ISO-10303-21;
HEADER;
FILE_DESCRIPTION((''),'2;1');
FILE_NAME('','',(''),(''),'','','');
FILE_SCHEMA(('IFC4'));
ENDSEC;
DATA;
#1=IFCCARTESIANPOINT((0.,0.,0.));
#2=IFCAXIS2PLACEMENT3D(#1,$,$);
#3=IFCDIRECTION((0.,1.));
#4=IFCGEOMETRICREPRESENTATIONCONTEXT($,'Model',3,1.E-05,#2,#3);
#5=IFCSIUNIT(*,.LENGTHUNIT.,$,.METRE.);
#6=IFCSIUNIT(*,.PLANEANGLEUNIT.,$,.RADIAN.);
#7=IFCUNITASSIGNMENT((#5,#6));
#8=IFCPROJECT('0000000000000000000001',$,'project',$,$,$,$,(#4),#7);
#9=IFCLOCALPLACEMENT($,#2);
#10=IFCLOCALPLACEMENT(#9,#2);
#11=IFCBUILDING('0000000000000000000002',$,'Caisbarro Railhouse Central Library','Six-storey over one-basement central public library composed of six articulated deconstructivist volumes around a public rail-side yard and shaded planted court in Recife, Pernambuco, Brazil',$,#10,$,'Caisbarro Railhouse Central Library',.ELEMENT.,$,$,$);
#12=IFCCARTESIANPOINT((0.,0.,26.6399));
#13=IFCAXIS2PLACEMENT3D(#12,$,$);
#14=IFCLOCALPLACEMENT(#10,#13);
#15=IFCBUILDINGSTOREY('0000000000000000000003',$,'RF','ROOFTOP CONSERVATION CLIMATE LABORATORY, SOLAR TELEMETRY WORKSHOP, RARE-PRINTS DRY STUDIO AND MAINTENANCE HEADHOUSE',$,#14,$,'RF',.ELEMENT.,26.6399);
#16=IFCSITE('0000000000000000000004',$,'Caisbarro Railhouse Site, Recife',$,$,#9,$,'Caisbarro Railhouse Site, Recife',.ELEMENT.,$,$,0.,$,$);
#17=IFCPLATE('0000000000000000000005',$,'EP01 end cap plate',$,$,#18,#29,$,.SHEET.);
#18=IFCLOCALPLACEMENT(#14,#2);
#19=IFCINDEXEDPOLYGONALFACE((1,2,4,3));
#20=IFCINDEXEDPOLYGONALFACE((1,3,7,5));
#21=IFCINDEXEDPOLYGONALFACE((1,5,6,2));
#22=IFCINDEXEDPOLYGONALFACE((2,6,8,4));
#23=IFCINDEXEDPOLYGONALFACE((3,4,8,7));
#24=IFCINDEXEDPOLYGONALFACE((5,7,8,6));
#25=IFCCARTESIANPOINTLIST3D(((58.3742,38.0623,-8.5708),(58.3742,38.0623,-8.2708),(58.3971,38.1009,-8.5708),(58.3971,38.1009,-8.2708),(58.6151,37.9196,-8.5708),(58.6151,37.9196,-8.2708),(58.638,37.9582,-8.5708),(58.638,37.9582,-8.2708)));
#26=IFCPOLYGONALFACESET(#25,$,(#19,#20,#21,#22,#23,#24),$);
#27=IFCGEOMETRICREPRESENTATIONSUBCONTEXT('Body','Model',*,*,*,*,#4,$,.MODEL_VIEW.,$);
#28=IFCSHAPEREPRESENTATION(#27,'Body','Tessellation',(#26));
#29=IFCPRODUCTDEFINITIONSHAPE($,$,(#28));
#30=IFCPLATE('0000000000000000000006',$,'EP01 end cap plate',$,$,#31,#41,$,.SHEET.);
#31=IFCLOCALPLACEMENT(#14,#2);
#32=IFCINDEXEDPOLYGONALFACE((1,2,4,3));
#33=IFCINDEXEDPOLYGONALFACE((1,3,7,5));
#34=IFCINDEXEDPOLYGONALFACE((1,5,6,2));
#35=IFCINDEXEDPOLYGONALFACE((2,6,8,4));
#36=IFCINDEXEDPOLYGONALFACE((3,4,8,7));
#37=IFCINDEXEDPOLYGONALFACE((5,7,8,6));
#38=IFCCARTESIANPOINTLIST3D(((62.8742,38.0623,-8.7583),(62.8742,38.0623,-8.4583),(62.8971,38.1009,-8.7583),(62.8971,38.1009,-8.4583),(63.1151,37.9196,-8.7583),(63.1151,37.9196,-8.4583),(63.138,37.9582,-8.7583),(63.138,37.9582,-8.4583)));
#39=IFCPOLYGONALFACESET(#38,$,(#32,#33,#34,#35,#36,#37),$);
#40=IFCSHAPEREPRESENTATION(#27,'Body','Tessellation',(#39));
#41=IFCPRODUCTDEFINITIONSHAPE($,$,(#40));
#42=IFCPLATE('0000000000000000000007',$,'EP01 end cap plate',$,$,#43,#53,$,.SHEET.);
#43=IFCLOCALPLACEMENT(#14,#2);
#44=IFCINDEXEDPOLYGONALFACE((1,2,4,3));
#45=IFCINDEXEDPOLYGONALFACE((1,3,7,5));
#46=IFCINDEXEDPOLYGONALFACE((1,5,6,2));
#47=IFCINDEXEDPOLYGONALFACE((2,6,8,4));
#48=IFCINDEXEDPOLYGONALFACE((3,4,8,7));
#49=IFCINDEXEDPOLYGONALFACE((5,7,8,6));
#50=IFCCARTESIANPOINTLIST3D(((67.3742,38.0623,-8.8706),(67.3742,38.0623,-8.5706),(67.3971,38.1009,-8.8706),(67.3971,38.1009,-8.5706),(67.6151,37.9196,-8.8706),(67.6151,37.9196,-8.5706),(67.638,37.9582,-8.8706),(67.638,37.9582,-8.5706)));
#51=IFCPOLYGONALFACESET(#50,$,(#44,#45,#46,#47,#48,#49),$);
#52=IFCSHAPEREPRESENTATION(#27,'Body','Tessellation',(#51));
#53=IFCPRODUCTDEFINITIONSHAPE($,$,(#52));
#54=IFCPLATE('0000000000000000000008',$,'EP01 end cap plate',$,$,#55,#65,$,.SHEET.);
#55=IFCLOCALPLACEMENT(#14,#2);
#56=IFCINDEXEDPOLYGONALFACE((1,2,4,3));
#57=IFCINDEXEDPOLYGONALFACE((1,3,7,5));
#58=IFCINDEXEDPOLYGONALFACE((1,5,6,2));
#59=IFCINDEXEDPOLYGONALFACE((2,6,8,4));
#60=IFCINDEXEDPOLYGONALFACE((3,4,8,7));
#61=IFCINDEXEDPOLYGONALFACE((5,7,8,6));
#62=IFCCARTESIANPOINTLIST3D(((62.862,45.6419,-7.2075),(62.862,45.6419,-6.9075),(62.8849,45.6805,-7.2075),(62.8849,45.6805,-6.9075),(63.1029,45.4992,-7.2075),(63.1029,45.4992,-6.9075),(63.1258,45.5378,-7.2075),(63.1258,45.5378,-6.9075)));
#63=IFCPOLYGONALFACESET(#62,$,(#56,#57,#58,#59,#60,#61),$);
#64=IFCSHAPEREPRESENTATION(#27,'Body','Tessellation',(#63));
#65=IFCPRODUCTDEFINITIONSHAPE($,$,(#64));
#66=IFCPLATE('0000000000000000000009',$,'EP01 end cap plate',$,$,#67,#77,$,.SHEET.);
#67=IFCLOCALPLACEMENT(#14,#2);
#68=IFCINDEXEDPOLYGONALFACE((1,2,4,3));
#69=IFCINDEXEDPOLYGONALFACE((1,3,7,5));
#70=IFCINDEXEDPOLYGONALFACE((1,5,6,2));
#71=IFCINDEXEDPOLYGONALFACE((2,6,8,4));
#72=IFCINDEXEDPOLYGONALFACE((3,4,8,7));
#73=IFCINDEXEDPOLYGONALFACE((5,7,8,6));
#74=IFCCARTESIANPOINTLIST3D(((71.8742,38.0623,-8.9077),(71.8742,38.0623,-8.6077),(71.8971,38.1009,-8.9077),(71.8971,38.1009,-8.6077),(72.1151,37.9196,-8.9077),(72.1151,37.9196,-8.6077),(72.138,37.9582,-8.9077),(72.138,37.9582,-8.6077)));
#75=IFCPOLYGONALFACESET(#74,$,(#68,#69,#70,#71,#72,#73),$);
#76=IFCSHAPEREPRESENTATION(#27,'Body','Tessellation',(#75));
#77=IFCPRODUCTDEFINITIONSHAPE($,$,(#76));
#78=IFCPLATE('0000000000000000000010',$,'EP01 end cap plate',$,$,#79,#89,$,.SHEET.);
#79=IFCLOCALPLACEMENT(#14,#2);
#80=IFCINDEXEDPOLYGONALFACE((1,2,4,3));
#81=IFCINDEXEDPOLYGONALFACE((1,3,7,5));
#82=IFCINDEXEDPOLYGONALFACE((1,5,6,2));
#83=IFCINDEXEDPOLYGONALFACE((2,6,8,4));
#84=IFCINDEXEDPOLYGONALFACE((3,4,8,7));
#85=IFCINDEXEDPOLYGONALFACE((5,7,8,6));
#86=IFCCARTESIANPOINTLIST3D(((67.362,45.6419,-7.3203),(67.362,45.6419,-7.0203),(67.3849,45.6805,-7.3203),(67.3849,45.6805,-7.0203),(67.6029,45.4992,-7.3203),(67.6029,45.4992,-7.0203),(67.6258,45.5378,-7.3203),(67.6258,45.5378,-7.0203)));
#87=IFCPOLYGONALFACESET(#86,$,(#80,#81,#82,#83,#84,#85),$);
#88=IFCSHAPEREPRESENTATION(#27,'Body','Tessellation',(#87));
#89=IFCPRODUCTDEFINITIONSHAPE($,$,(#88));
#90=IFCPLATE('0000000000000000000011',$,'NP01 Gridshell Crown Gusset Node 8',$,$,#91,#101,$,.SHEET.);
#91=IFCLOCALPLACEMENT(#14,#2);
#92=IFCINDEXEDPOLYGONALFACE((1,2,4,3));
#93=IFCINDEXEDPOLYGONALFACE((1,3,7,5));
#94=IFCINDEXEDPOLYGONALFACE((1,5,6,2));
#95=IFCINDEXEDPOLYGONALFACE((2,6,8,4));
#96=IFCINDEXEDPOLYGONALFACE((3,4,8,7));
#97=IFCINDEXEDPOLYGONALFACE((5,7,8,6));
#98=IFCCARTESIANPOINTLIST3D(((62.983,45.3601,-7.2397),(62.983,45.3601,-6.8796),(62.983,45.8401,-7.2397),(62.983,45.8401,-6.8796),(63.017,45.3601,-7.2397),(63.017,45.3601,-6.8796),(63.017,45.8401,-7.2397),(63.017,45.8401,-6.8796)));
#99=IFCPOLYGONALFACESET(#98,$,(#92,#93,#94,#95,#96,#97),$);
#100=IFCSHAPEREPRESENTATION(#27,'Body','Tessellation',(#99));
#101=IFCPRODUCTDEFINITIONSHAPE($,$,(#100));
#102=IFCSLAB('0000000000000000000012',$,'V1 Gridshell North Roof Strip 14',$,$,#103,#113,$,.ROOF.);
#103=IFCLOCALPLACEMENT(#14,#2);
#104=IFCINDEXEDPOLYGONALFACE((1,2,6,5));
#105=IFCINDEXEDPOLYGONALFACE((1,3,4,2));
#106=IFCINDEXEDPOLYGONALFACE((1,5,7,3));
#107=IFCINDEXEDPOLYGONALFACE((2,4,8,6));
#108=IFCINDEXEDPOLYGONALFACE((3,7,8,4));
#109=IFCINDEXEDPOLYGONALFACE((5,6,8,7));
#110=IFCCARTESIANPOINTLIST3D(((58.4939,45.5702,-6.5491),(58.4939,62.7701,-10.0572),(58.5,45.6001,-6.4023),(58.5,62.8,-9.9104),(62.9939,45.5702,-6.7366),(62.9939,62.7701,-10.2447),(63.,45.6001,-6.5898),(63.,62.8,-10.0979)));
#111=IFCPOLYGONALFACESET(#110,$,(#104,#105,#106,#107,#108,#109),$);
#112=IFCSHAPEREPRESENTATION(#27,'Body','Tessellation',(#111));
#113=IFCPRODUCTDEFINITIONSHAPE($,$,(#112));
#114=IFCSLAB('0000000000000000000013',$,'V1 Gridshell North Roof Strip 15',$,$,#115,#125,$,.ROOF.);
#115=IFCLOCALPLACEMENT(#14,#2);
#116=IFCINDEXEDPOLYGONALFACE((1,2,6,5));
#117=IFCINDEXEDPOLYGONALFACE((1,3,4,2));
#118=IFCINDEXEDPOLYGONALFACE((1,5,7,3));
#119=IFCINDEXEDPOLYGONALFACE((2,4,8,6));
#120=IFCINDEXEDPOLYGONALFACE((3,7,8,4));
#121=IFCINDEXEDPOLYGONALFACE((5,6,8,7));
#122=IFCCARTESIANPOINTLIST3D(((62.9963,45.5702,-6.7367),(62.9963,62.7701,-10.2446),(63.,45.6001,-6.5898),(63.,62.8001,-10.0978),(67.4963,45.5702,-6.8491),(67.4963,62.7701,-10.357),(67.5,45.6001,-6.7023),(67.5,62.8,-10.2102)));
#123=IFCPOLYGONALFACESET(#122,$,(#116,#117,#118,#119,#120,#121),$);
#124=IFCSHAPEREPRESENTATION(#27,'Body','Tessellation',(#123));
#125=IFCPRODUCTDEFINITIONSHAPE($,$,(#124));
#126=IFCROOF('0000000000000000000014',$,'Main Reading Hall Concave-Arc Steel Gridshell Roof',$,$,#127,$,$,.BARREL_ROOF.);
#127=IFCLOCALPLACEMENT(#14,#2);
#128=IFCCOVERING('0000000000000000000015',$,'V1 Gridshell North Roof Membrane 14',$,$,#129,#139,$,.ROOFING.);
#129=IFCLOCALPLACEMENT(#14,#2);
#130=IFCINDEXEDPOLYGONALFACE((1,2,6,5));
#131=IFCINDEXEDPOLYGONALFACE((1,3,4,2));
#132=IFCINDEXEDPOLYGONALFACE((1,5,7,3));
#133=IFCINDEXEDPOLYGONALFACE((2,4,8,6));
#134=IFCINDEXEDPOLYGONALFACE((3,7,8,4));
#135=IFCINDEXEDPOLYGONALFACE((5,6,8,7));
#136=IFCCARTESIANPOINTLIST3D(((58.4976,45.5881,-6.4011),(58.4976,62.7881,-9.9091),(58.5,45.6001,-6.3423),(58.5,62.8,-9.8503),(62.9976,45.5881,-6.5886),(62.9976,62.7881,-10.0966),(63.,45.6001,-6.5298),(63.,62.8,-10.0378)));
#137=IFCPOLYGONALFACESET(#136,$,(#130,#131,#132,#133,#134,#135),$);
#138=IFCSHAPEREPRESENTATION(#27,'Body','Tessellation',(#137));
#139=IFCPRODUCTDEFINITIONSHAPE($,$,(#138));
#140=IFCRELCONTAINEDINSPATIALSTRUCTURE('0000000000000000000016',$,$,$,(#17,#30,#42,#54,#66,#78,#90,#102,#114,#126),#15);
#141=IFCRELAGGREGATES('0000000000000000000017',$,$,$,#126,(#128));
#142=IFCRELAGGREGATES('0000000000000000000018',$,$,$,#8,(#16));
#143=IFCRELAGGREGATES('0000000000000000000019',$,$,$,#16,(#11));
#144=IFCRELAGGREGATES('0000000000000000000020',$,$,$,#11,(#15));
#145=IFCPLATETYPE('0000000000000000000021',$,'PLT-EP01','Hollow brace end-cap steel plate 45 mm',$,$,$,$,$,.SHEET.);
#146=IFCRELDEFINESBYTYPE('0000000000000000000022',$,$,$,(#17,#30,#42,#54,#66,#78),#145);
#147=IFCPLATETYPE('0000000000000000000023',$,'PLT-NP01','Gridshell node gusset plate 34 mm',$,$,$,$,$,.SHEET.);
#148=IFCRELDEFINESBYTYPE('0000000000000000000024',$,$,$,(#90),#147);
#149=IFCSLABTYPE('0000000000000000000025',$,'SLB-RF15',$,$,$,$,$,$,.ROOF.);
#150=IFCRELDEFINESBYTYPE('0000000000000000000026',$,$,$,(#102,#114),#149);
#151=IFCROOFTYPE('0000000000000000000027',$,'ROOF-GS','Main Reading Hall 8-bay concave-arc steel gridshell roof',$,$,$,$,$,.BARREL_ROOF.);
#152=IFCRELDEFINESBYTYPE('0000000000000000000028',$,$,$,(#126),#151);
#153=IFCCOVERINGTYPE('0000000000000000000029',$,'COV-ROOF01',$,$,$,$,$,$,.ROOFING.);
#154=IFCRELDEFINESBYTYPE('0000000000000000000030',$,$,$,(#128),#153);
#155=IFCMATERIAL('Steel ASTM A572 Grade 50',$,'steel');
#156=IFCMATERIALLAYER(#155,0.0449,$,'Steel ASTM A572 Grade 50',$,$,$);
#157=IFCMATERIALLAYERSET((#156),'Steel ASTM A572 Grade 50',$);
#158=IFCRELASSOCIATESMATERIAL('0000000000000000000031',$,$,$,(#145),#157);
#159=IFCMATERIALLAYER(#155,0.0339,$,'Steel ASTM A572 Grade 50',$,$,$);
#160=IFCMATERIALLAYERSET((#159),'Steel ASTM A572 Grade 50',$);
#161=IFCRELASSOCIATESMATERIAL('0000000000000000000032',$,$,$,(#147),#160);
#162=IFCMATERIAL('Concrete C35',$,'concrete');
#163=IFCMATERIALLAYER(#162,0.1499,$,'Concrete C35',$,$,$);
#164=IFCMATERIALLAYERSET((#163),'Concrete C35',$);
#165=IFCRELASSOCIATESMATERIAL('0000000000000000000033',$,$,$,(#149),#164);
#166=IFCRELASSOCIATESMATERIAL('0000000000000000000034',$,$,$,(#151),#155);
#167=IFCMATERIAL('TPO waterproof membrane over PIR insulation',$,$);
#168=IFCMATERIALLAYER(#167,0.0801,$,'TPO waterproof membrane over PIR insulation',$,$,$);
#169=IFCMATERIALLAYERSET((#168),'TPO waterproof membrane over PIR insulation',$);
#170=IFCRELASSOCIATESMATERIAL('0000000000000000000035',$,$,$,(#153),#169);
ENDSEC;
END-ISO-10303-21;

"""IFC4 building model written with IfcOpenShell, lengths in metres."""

from ifc_helpers import new_model, si_unit, direction, frame, origin, origin_2d, place, context, subcontext, project, spatial, polyline, rectangle, outline, extrude, material, layer, layer_set, type_object, element, aggregate, save


model = new_model("IFC4")

# Units and contexts
model_context = context("Model", 3, precision=1e-05, world=origin(), true_north=direction((0.0, 1.0)))
body_context = subcontext(model_context, "Body", "Model", "MODEL_VIEW")
ifc_project = project(units=[si_unit("LENGTHUNIT", "METRE"), si_unit("PLANEANGLEUNIT", "RADIAN")], contexts=[model_context])

# Site, building, storey
site_placement = place(None, origin())
site = spatial("IfcSite", under=ifc_project, at=site_placement, Name="Caisbarro Railhouse Site, Recife", LongName="Caisbarro Railhouse Site, Recife", CompositionType="ELEMENT", RefElevation=0.0)
building_placement = place(site_placement, origin())
building = spatial("IfcBuilding", under=site, at=building_placement, Name="Caisbarro Railhouse Central Library", Description="Six-storey over one-basement central public library composed of six articulated deconstructivist volumes around a public rail-side yard and shaded planted court in Recife, Pernambuco, Brazil", LongName="Caisbarro Railhouse Central Library", CompositionType="ELEMENT")
storey_placement = place(building_placement, frame((0.0, 0.0, 26.6399)))
storey = spatial("IfcBuildingStorey", under=building, at=storey_placement, Name="RF", Description="ROOFTOP CONSERVATION CLIMATE LABORATORY, SOLAR TELEMETRY WORKSHOP, RARE-PRINTS DRY STUDIO AND MAINTENANCE HEADHOUSE", LongName="RF", CompositionType="ELEMENT", Elevation=26.6399)

# Shared definitions
ifc_material_1 = material(Name="Steel ASTM A572 Grade 50", Category="steel")

# Plates
ifc_layer_1 = layer(ifc_material_1, 0.0449, Name="Steel ASTM A572 Grade 50")
ifc_layer_set_1 = layer_set([ifc_layer_1], Name="Steel ASTM A572 Grade 50")
plate_type_1 = type_object("IfcPlateType", Name="PLT-EP01", Description="Hollow brace end-cap steel plate 45 mm", PredefinedType="SHEET", material=ifc_layer_set_1)
for number, where, z_axis, x_axis, name in (
    (1, (58.5061, 38.0103, -8.5708), (0.0, 0.0, 1.0), (0.509492, 0.860475, 0.0), "EP01 end cap plate"),
    (2, (63.0061, 38.0103, -8.7583), (0.0, 0.0, 1.0), (0.509492, 0.860475, 0.0), "EP01 end cap plate"),
    (3, (67.5061, 38.0103, -8.8706), (0.0, 0.0, 1.0), (0.509492, 0.860475, 0.0), "EP01 end cap plate"),
    (4, (62.9939, 45.5898, -7.2075), (0.0, 0.0, 1.0), (0.509492, 0.860475, 0.0), "EP01 end cap plate"),
    (5, (72.0061, 38.0103, -8.9077), (0.0, 0.0, 1.0), (0.509492, 0.860475, 0.0), "EP01 end cap plate"),
    (6, (67.4939, 45.5898, -7.3203), (0.0, 0.0, 1.0), (0.509492, 0.860475, 0.0), "EP01 end cap plate"),
):
    element("IfcPlate", number, at=place(storey_placement, frame(where, z_axis=z_axis, x_axis=x_axis)), inside=storey, type_object=plate_type_1, Name=name, PredefinedType="SHEET", context=body_context, shape_type="SweptSolid", body=[
        extrude(rectangle(XDim=0.0449, YDim=0.28, at=origin_2d()), origin(), (0.0, 0.0, 1.0), 0.3),
    ])
ifc_layer_2 = layer(ifc_material_1, 0.0339, Name="Steel ASTM A572 Grade 50")
ifc_layer_set_2 = layer_set([ifc_layer_2], Name="Steel ASTM A572 Grade 50")
plate_type_2 = type_object("IfcPlateType", Name="PLT-NP01", Description="Gridshell node gusset plate 34 mm", PredefinedType="SHEET", material=ifc_layer_set_2)
plate_placement = place(storey_placement, frame((63.0, 45.6001, -7.2397), z_axis=(0.0, 0.0, 1.0), x_axis=(0.0, 1.0, 0.0)))
element("IfcPlate", 7, at=plate_placement, inside=storey, type_object=plate_type_2, Name="NP01 Gridshell Crown Gusset Node 8", PredefinedType="SHEET", context=body_context, shape_type="SweptSolid", body=[
    extrude(rectangle(XDim=0.48, YDim=0.0339, at=origin_2d()), origin(), (0.0, 0.0, 1.0), 0.3601),
])

# Slabs
ifc_material_2 = material(Name="Concrete C35", Category="concrete")
ifc_layer_3 = layer(ifc_material_2, 0.1499, Name="Concrete C35")
ifc_layer_set_3 = layer_set([ifc_layer_3], Name="Concrete C35")
slab_type = type_object("IfcSlabType", Name="SLB-RF15", PredefinedType="ROOF", material=ifc_layer_set_3)
slab_1_placement = place(storey_placement, frame((58.5, 45.6001, -6.4023), z_axis=(0.040792, 0.199677, 0.979012), x_axis=(0.999133, 0.0, -0.041631)))
element("IfcSlab", 8, at=slab_1_placement, inside=storey, type_object=slab_type, Name="V1 Gridshell North Roof Strip 14", PredefinedType="ROOF", context=body_context, shape_type="SweptSolid", body=[
    extrude(outline(polyline([(0.0, 0.0), (4.5039, 0.0), (4.6499, 17.5534), (0.146, 17.5534), (0.0, 0.0)])), origin(), (0.0, 0.0, -1.0), 0.1499),
])
slab_2_placement = place(storey_placement, frame((63.0, 45.6001, -6.5898), z_axis=(0.024472, 0.199777, 0.979536), x_axis=(0.999688, 0.000005, -0.024977)))
element("IfcSlab", 9, at=slab_2_placement, inside=storey, type_object=slab_type, Name="V1 Gridshell North Roof Strip 15", PredefinedType="ROOF", context=body_context, shape_type="SweptSolid", body=[
    extrude(outline(polyline([(0.0, 0.0), (4.5014, 0.0), (4.5891, 17.5538), (0.0877, 17.5538), (0.0, 0.0)])), origin(), (0.0, 0.0, -1.0), 0.1499),
])

# Roof, covering
roof_type = type_object("IfcRoofType", Name="ROOF-GS", Description="Main Reading Hall 8-bay concave-arc steel gridshell roof", PredefinedType="BARREL_ROOF", material=ifc_material_1)
roof_placement = place(storey_placement, origin())
roof = element("IfcRoof", 10, at=roof_placement, inside=storey, type_object=roof_type, Name="Main Reading Hall Concave-Arc Steel Gridshell Roof", PredefinedType="BARREL_ROOF")
ifc_material_3 = material(Name="TPO waterproof membrane over PIR insulation")
ifc_layer_4 = layer(ifc_material_3, 0.0801, Name="TPO waterproof membrane over PIR insulation")
ifc_layer_set_4 = layer_set([ifc_layer_4], Name="TPO waterproof membrane over PIR insulation")
covering_type = type_object("IfcCoveringType", Name="COV-ROOF01", PredefinedType="ROOFING", material=ifc_layer_set_4)
covering_placement = place(storey_placement, frame((58.5, 45.6001, -6.3423), z_axis=(0.040792, 0.199677, 0.979012), x_axis=(0.999133, 0.0, -0.041631)))
covering = element("IfcCovering", 11, at=covering_placement, type_object=covering_type, Name="V1 Gridshell North Roof Membrane 14", PredefinedType="ROOFING", context=body_context, shape_type="SweptSolid", body=[
    extrude(outline(polyline([(0.0, 0.0), (4.5039, 0.0), (4.6499, 17.5534), (0.146, 17.5534), (0.0, 0.0)])), origin(), (0.0, 0.0, -1.0), 0.0601),
])
aggregate(roof, [covering])

save(model, "model.ifc")
